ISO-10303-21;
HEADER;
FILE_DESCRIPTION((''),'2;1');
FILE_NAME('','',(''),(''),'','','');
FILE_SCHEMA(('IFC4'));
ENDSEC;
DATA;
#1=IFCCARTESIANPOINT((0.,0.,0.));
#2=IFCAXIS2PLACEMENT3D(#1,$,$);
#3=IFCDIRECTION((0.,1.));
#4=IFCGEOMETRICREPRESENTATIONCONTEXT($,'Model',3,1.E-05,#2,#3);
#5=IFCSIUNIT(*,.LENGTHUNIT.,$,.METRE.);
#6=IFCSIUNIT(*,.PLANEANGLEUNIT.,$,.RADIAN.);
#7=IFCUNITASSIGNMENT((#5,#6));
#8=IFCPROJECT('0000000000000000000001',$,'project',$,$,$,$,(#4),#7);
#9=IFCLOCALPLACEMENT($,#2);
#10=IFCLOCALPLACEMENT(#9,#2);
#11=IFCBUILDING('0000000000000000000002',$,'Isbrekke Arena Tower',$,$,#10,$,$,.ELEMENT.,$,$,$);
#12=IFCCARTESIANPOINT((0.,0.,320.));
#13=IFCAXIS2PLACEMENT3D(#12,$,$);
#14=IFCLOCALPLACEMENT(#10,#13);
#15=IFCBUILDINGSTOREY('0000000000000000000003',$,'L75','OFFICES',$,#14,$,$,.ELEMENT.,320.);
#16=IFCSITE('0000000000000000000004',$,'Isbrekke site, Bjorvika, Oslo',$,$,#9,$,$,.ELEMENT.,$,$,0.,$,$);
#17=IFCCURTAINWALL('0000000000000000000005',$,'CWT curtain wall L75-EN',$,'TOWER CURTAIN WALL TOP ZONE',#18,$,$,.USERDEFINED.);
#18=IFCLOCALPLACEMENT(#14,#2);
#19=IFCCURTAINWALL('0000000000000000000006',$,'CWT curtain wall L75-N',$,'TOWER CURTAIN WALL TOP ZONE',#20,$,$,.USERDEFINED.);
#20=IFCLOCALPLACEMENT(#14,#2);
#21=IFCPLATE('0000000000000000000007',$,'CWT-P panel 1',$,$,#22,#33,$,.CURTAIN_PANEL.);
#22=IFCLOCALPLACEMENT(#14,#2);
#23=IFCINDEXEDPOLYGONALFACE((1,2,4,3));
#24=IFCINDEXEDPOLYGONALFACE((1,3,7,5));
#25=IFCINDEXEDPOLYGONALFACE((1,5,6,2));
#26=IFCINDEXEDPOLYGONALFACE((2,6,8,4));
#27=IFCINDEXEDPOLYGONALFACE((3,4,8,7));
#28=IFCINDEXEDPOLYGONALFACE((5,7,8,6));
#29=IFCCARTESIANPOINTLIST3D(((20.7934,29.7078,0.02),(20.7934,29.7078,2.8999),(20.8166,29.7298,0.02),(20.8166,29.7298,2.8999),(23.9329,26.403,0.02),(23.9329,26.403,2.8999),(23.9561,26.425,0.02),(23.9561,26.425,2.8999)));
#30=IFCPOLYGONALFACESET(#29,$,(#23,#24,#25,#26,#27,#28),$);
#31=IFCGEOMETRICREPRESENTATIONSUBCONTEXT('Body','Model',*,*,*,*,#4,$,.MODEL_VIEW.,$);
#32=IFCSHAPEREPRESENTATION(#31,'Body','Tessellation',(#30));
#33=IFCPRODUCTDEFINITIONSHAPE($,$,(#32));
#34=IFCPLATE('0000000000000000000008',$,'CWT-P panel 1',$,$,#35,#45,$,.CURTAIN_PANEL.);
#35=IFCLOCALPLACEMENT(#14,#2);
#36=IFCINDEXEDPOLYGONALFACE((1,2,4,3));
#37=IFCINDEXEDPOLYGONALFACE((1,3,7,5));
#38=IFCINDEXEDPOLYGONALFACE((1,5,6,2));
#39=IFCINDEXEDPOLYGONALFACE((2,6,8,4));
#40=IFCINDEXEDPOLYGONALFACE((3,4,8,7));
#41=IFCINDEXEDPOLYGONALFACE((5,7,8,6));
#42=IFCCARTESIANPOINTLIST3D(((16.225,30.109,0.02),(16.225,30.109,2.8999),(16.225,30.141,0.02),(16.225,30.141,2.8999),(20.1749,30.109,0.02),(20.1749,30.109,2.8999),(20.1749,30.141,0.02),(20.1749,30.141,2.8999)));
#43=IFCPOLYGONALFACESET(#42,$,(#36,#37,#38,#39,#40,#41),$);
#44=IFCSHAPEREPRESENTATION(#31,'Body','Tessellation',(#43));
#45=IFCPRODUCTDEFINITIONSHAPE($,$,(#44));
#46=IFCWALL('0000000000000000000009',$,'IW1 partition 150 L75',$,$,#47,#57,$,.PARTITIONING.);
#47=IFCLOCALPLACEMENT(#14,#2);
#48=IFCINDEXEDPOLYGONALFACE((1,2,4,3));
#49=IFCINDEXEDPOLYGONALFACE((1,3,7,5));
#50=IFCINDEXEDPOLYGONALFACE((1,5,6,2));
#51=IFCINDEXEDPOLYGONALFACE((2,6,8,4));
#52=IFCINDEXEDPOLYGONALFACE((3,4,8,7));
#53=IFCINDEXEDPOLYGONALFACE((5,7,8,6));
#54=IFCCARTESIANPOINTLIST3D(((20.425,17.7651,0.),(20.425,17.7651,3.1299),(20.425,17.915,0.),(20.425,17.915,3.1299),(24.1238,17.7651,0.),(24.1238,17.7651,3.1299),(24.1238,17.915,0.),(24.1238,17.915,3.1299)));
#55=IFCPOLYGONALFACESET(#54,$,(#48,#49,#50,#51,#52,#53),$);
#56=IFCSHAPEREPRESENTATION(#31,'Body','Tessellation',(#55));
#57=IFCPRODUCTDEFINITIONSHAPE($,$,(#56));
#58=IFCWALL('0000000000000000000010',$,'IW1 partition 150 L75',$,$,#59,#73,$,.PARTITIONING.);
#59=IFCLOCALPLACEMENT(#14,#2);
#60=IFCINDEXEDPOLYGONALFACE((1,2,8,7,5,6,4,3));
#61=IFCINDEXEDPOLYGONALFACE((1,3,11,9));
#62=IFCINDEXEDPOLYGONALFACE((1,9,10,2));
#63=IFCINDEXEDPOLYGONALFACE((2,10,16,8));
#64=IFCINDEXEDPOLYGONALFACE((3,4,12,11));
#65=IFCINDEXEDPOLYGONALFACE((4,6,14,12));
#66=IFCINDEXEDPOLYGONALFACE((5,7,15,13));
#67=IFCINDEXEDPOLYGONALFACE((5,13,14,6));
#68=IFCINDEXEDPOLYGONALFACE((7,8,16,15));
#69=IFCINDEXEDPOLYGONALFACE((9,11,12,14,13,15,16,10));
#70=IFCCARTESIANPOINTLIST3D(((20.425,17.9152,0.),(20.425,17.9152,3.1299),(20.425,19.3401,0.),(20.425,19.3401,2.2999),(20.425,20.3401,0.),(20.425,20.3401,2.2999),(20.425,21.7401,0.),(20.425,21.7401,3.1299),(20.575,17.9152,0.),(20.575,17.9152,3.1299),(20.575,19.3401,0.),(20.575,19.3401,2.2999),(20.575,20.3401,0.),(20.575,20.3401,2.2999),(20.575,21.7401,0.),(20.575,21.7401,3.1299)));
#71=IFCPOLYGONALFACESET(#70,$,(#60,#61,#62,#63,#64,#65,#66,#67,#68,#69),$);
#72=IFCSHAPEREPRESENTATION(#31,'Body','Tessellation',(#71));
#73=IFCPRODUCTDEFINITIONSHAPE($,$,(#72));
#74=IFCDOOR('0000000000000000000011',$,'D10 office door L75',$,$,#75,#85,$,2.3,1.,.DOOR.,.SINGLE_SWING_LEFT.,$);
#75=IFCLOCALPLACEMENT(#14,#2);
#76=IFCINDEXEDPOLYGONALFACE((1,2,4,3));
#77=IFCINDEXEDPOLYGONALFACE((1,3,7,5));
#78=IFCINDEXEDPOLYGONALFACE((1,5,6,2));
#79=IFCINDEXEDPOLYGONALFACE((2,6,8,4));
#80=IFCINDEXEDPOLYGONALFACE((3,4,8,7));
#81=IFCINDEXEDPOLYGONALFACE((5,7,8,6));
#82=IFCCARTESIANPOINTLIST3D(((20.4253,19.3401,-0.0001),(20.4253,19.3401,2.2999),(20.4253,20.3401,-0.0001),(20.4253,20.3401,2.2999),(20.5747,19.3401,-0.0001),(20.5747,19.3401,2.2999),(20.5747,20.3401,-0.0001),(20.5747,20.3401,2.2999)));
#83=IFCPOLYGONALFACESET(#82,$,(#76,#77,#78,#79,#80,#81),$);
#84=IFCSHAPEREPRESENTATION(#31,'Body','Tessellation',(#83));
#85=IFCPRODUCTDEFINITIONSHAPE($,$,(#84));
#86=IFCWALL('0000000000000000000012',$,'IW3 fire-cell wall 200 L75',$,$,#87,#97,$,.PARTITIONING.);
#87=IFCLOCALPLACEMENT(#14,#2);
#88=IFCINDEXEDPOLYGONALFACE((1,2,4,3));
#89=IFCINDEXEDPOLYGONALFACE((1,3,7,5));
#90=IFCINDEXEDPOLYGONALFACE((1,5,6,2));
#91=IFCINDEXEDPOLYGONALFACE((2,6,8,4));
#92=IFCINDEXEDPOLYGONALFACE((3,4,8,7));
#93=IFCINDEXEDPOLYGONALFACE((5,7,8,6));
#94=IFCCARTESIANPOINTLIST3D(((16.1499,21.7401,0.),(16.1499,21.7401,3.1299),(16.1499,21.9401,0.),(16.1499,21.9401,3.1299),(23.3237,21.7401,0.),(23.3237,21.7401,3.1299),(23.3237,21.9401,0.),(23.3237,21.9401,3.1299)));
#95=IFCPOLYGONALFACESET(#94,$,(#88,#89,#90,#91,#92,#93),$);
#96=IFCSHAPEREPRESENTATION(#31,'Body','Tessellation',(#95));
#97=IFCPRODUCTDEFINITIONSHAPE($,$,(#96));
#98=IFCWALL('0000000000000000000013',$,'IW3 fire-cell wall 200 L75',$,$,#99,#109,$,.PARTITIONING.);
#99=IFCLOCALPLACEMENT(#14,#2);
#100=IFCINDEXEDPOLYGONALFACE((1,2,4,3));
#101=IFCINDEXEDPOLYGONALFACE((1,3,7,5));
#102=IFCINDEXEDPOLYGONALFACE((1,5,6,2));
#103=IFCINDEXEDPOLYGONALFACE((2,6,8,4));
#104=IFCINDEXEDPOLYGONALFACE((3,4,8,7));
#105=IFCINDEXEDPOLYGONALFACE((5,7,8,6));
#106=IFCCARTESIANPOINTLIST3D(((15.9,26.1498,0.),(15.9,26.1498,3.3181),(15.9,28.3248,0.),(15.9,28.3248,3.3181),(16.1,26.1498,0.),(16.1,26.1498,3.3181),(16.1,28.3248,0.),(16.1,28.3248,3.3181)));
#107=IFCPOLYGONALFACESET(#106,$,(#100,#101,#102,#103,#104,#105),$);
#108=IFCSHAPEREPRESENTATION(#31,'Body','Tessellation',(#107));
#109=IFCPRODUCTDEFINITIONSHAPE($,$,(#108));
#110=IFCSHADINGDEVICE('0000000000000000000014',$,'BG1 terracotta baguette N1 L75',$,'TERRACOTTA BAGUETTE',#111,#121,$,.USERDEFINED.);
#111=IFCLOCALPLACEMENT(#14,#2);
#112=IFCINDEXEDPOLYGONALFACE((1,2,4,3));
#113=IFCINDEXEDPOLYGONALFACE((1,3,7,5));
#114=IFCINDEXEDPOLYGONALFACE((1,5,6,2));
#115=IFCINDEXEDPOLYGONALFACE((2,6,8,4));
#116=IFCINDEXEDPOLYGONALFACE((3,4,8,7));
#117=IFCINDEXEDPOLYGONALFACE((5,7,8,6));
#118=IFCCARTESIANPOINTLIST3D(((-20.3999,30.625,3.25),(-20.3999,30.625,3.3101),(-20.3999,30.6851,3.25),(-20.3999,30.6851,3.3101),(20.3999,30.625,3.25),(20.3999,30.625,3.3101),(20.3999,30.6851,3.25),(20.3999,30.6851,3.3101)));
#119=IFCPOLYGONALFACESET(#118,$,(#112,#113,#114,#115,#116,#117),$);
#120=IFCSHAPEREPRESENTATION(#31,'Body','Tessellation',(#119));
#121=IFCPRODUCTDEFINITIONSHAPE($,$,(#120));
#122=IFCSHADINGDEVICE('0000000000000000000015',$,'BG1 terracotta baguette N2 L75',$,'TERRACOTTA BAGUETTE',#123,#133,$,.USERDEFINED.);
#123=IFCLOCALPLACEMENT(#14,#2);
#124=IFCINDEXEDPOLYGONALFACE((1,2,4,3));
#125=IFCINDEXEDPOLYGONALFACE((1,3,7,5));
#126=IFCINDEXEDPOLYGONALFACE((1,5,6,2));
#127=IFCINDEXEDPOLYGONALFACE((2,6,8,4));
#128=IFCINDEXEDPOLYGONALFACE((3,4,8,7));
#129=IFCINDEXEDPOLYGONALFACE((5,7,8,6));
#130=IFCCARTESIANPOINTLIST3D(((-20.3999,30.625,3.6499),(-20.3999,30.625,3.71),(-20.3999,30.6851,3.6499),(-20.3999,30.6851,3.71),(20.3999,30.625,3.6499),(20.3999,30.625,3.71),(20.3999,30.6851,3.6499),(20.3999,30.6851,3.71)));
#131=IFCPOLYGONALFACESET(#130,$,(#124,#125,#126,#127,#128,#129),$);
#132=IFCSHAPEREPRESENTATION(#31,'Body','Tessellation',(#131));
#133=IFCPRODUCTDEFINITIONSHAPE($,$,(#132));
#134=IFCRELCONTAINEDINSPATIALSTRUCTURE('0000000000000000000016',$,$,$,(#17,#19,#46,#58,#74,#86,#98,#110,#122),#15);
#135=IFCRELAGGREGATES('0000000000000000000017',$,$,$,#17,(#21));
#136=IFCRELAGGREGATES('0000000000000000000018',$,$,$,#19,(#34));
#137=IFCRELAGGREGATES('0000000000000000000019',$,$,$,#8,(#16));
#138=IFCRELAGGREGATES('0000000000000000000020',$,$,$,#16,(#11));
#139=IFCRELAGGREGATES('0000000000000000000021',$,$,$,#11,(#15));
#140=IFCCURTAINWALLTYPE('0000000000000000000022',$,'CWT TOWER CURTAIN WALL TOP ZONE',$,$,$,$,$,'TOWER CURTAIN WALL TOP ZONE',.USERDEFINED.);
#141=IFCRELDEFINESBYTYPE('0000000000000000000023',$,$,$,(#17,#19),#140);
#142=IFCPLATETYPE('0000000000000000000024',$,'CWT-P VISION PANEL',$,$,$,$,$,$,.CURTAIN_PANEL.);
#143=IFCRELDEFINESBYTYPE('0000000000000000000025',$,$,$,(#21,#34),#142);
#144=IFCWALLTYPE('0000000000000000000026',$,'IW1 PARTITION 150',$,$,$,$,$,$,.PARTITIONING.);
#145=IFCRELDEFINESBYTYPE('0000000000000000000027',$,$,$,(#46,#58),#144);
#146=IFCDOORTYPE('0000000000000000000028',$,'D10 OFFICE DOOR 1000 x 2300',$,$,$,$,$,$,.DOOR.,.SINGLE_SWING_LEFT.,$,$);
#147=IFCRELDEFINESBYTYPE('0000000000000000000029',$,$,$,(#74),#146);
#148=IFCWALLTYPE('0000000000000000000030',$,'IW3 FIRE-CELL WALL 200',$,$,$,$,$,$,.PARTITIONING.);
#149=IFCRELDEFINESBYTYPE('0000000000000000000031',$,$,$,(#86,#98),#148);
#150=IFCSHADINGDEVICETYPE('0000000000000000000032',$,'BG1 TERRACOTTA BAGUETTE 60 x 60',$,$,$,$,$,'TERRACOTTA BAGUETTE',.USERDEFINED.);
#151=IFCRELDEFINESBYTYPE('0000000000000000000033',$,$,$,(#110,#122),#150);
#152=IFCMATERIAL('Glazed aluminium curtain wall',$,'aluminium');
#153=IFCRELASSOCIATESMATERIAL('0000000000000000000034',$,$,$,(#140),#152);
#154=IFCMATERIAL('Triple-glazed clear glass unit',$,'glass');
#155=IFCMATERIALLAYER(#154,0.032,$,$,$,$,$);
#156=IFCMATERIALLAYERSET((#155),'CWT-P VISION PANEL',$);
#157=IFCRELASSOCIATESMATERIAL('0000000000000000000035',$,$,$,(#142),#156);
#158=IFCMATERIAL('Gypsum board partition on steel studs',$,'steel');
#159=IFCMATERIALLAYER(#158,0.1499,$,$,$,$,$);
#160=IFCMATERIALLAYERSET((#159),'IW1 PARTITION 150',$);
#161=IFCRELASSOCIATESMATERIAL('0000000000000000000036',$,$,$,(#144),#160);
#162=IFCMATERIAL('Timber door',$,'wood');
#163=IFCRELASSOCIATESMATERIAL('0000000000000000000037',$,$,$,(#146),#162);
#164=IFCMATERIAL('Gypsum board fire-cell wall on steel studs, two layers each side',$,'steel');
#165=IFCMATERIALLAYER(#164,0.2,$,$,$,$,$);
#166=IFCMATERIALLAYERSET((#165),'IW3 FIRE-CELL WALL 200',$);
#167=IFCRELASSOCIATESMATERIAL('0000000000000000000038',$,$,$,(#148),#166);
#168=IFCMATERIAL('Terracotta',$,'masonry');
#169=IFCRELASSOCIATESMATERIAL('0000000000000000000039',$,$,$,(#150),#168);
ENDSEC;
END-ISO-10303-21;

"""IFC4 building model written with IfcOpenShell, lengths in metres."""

from ifc_helpers import new_model, si_unit, direction, frame, frame_2d, origin, origin_2d, place, context, subcontext, project, spatial, rectangle, extrude, material, layer, layer_set, material_profile, profile_set, type_object, element, fill, aggregate, save


model = new_model("IFC4")

# Units and contexts
model_context = context("Model", 3, precision=1e-05, world=origin(), true_north=direction((0.0, 1.0)))
body_context = subcontext(model_context, "Body", "Model", "MODEL_VIEW")
ifc_project = project(units=[si_unit("LENGTHUNIT", "METRE"), si_unit("PLANEANGLEUNIT", "RADIAN")], contexts=[model_context])

# Site, building, storey
site_placement = place(None, origin())
site = spatial("IfcSite", under=ifc_project, at=site_placement, Name="Isbrekke site, Bjorvika, Oslo", CompositionType="ELEMENT", RefElevation=0.0)
building_placement = place(site_placement, origin())
building = spatial("IfcBuilding", under=site, at=building_placement, Name="Isbrekke Arena Tower", CompositionType="ELEMENT")
storey_placement = place(building_placement, frame((0.0, 0.0, 320.0)))
storey = spatial("IfcBuildingStorey", under=building, at=storey_placement, Name="L75", Description="OFFICES", CompositionType="ELEMENT", Elevation=320.0)

# Curtain walls
ifc_material_1 = material(Name="Glazed aluminium curtain wall", Category="aluminium")
curtain_wall_type = type_object("IfcCurtainWallType", Name="CWT TOWER CURTAIN WALL TOP ZONE", ElementType="TOWER CURTAIN WALL TOP ZONE", PredefinedType="USERDEFINED", material=ifc_material_1)
curtain_wall_1_placement = place(storey_placement, origin())
curtain_wall_1 = element("IfcCurtainWall", 1, at=curtain_wall_1_placement, inside=storey, type_object=curtain_wall_type, Name="CWT curtain wall L75-EN", ObjectType="TOWER CURTAIN WALL TOP ZONE", PredefinedType="USERDEFINED")
curtain_wall_2_placement = place(storey_placement, origin())
curtain_wall_2 = element("IfcCurtainWall", 2, at=curtain_wall_2_placement, inside=storey, type_object=curtain_wall_type, Name="CWT curtain wall L75-N", ObjectType="TOWER CURTAIN WALL TOP ZONE", PredefinedType="USERDEFINED")

# Plates
ifc_material_2 = material(Name="Triple-glazed clear glass unit", Category="glass")
ifc_layer_1 = layer(ifc_material_2, 0.032)
ifc_layer_set_1 = layer_set([ifc_layer_1], Name="CWT-P VISION PANEL")
plate_type = type_object("IfcPlateType", Name="CWT-P VISION PANEL", PredefinedType="CURTAIN_PANEL", material=ifc_layer_set_1)
plate_1_placement = place(storey_placement, frame((22.3748, 28.0664, 0.02), z_axis=(0.0, 0.0, 1.0), x_axis=(-0.688749, 0.724999, 0.0)))
plate_1 = element("IfcPlate", 3, at=plate_1_placement, type_object=plate_type, Name="CWT-P panel 1", PredefinedType="CURTAIN_PANEL", context=body_context, shape_type="SweptSolid", body=[
    extrude(rectangle(XDim=4.5583, YDim=0.032, at=origin_2d()), origin(), (0.0, 0.0, 1.0), 2.8799),
])
aggregate(curtain_wall_1, [plate_1])
plate_2_placement = place(storey_placement, frame((18.2, 30.125, 0.02), z_axis=(0.0, 0.0, 1.0), x_axis=(-1.0, 0.0, 0.0)))
plate_2 = element("IfcPlate", 4, at=plate_2_placement, type_object=plate_type, Name="CWT-P panel 1", PredefinedType="CURTAIN_PANEL", context=body_context, shape_type="SweptSolid", body=[
    extrude(rectangle(XDim=3.95, YDim=0.032, at=origin_2d()), origin(), (0.0, 0.0, 1.0), 2.8799),
])
aggregate(curtain_wall_2, [plate_2])

# Wall
ifc_material_3 = material(Name="Gypsum board partition on steel studs", Category="steel")
ifc_layer_2 = layer(ifc_material_3, 0.1499)
ifc_layer_set_2 = layer_set([ifc_layer_2], Name="IW1 PARTITION 150")
wall_type_1 = type_object("IfcWallType", Name="IW1 PARTITION 150", PredefinedType="PARTITIONING", material=ifc_layer_set_2)
wall_1_placement = place(storey_placement, frame((20.425, 17.8401, 0.0), z_axis=(0.0, 0.0, 1.0), x_axis=(1.0, 0.0, 0.0)))
element("IfcWall", 5, at=wall_1_placement, inside=storey, type_object=wall_type_1, Name="IW1 partition 150 L75", PredefinedType="PARTITIONING", context=body_context, shape_type="SweptSolid", body=[
    extrude(rectangle(XDim=3.6987, YDim=0.1499, at=frame_2d((1.8494, 0.0))), origin(), (0.0, 0.0, 1.0), 3.1299),
])

# Wall, opening, door
wall_2_placement = place(storey_placement, frame((20.5, 17.915, 0.0), z_axis=(0.0, 0.0, 1.0), x_axis=(0.0, 1.0, 0.0)))
wall_2 = element("IfcWall", 6, at=wall_2_placement, inside=storey, type_object=wall_type_1, Name="IW1 partition 150 L75", PredefinedType="PARTITIONING", context=body_context, shape_type="SweptSolid", body=[
    extrude(rectangle(XDim=3.825, YDim=0.1499, at=frame_2d((1.9126, 0.0))), origin(), (0.0, 0.0, 1.0), 3.1299),
])
opening_placement = place(wall_2_placement, frame((1.425, 0.0, 0.0)))
opening = element("IfcOpeningElement", 7, at=opening_placement, cuts=wall_2, PredefinedType="OPENING", context=body_context, shape_type="SweptSolid", body=[
    extrude(rectangle(XDim=1.0, YDim=2.3, at=frame_2d((0.5, 1.1499))), frame((0.0, 0.0898, 0.0), z_axis=(0.0, -1.0, 0.0), x_axis=(1.0, 0.0, 0.0)), (0.0, 0.0, 1.0), 0.1797),
])
ifc_material_4 = material(Name="Timber door", Category="wood")
door_type = type_object("IfcDoorType", Name="D10 OFFICE DOOR 1000 x 2300", OperationType="SINGLE_SWING_LEFT", PredefinedType="DOOR", material=ifc_material_4)
door_placement = place(opening_placement, origin())
door = element("IfcDoor", 8, at=door_placement, inside=storey, type_object=door_type, Name="D10 office door L75", OperationType="SINGLE_SWING_LEFT", OverallHeight=2.3, OverallWidth=1.0, PredefinedType="DOOR", context=body_context, shape_type="SweptSolid", body=[
    extrude(rectangle(XDim=1.0, YDim=2.3, at=frame_2d((0.5, 1.1499))), frame((0.0, 0.0747, 0.0), z_axis=(0.0, -1.0, 0.0), x_axis=(1.0, 0.0, 0.0)), (0.0, 0.0, 1.0), 0.1494),
])
fill(opening, door)

# Walls
ifc_material_5 = material(Name="Gypsum board fire-cell wall on steel studs, two layers each side", Category="steel")
ifc_layer_3 = layer(ifc_material_5, 0.2)
ifc_layer_set_3 = layer_set([ifc_layer_3], Name="IW3 FIRE-CELL WALL 200")
wall_type_2 = type_object("IfcWallType", Name="IW3 FIRE-CELL WALL 200", PredefinedType="PARTITIONING", material=ifc_layer_set_3)
wall_3_placement = place(storey_placement, frame((16.1499, 21.8401, 0.0), z_axis=(0.0, 0.0, 1.0), x_axis=(1.0, 0.0, 0.0)))
element("IfcWall", 9, at=wall_3_placement, inside=storey, type_object=wall_type_2, Name="IW3 fire-cell wall 200 L75", PredefinedType="PARTITIONING", context=body_context, shape_type="SweptSolid", body=[
    extrude(rectangle(XDim=7.1738, YDim=0.2, at=frame_2d((3.5869, 0.0))), origin(), (0.0, 0.0, 1.0), 3.1299),
])
wall_4_placement = place(storey_placement, frame((16.0, 26.1499, 0.0), z_axis=(0.0, 0.0, 1.0), x_axis=(0.0, 1.0, 0.0)))
element("IfcWall", 10, at=wall_4_placement, inside=storey, type_object=wall_type_2, Name="IW3 fire-cell wall 200 L75", PredefinedType="PARTITIONING", context=body_context, shape_type="SweptSolid", body=[
    extrude(rectangle(XDim=2.175, YDim=0.2, at=frame_2d((1.0874, 0.0))), origin(), (0.0, 0.0, 1.0), 3.3181),
])

# Shading devices
ifc_material_6 = material(Name="Terracotta", Category="masonry")
ifc_material_profile_1 = material_profile(ifc_material_6, rectangle(XDim=0.0601, YDim=0.0601, at=origin_2d()), Name="BAGUETTE 60X60")
ifc_profile_set_1 = profile_set([ifc_material_profile_1], Name="Terracotta")
shading_device_type = type_object("IfcShadingDeviceType", Name="BG1 TERRACOTTA BAGUETTE 60 x 60", ElementType="TERRACOTTA BAGUETTE", PredefinedType="USERDEFINED", material=ifc_profile_set_1)
for number, where, z_axis, x_axis, name in (
    (11, (20.3999, 30.655, 3.28), (-1.0, 0.0, 0.0), (0.0, -1.0, 0.0), "BG1 terracotta baguette N1 L75"),
    (12, (20.3999, 30.655, 3.6799), (-1.0, 0.0, 0.0), (0.0, -1.0, 0.0), "BG1 terracotta baguette N2 L75"),
):
    element("IfcShadingDevice", number, at=place(storey_placement, frame(where, z_axis=z_axis, x_axis=x_axis)), inside=storey, type_object=shading_device_type, Name=name, ObjectType="TERRACOTTA BAGUETTE", PredefinedType="USERDEFINED", context=body_context, shape_type="SweptSolid", body=[
        extrude(rectangle(XDim=0.0601, YDim=0.0601, at=origin_2d()), origin(), (0.0, 0.0, 1.0), 40.7998),
    ])

save(model, "model.ifc")
